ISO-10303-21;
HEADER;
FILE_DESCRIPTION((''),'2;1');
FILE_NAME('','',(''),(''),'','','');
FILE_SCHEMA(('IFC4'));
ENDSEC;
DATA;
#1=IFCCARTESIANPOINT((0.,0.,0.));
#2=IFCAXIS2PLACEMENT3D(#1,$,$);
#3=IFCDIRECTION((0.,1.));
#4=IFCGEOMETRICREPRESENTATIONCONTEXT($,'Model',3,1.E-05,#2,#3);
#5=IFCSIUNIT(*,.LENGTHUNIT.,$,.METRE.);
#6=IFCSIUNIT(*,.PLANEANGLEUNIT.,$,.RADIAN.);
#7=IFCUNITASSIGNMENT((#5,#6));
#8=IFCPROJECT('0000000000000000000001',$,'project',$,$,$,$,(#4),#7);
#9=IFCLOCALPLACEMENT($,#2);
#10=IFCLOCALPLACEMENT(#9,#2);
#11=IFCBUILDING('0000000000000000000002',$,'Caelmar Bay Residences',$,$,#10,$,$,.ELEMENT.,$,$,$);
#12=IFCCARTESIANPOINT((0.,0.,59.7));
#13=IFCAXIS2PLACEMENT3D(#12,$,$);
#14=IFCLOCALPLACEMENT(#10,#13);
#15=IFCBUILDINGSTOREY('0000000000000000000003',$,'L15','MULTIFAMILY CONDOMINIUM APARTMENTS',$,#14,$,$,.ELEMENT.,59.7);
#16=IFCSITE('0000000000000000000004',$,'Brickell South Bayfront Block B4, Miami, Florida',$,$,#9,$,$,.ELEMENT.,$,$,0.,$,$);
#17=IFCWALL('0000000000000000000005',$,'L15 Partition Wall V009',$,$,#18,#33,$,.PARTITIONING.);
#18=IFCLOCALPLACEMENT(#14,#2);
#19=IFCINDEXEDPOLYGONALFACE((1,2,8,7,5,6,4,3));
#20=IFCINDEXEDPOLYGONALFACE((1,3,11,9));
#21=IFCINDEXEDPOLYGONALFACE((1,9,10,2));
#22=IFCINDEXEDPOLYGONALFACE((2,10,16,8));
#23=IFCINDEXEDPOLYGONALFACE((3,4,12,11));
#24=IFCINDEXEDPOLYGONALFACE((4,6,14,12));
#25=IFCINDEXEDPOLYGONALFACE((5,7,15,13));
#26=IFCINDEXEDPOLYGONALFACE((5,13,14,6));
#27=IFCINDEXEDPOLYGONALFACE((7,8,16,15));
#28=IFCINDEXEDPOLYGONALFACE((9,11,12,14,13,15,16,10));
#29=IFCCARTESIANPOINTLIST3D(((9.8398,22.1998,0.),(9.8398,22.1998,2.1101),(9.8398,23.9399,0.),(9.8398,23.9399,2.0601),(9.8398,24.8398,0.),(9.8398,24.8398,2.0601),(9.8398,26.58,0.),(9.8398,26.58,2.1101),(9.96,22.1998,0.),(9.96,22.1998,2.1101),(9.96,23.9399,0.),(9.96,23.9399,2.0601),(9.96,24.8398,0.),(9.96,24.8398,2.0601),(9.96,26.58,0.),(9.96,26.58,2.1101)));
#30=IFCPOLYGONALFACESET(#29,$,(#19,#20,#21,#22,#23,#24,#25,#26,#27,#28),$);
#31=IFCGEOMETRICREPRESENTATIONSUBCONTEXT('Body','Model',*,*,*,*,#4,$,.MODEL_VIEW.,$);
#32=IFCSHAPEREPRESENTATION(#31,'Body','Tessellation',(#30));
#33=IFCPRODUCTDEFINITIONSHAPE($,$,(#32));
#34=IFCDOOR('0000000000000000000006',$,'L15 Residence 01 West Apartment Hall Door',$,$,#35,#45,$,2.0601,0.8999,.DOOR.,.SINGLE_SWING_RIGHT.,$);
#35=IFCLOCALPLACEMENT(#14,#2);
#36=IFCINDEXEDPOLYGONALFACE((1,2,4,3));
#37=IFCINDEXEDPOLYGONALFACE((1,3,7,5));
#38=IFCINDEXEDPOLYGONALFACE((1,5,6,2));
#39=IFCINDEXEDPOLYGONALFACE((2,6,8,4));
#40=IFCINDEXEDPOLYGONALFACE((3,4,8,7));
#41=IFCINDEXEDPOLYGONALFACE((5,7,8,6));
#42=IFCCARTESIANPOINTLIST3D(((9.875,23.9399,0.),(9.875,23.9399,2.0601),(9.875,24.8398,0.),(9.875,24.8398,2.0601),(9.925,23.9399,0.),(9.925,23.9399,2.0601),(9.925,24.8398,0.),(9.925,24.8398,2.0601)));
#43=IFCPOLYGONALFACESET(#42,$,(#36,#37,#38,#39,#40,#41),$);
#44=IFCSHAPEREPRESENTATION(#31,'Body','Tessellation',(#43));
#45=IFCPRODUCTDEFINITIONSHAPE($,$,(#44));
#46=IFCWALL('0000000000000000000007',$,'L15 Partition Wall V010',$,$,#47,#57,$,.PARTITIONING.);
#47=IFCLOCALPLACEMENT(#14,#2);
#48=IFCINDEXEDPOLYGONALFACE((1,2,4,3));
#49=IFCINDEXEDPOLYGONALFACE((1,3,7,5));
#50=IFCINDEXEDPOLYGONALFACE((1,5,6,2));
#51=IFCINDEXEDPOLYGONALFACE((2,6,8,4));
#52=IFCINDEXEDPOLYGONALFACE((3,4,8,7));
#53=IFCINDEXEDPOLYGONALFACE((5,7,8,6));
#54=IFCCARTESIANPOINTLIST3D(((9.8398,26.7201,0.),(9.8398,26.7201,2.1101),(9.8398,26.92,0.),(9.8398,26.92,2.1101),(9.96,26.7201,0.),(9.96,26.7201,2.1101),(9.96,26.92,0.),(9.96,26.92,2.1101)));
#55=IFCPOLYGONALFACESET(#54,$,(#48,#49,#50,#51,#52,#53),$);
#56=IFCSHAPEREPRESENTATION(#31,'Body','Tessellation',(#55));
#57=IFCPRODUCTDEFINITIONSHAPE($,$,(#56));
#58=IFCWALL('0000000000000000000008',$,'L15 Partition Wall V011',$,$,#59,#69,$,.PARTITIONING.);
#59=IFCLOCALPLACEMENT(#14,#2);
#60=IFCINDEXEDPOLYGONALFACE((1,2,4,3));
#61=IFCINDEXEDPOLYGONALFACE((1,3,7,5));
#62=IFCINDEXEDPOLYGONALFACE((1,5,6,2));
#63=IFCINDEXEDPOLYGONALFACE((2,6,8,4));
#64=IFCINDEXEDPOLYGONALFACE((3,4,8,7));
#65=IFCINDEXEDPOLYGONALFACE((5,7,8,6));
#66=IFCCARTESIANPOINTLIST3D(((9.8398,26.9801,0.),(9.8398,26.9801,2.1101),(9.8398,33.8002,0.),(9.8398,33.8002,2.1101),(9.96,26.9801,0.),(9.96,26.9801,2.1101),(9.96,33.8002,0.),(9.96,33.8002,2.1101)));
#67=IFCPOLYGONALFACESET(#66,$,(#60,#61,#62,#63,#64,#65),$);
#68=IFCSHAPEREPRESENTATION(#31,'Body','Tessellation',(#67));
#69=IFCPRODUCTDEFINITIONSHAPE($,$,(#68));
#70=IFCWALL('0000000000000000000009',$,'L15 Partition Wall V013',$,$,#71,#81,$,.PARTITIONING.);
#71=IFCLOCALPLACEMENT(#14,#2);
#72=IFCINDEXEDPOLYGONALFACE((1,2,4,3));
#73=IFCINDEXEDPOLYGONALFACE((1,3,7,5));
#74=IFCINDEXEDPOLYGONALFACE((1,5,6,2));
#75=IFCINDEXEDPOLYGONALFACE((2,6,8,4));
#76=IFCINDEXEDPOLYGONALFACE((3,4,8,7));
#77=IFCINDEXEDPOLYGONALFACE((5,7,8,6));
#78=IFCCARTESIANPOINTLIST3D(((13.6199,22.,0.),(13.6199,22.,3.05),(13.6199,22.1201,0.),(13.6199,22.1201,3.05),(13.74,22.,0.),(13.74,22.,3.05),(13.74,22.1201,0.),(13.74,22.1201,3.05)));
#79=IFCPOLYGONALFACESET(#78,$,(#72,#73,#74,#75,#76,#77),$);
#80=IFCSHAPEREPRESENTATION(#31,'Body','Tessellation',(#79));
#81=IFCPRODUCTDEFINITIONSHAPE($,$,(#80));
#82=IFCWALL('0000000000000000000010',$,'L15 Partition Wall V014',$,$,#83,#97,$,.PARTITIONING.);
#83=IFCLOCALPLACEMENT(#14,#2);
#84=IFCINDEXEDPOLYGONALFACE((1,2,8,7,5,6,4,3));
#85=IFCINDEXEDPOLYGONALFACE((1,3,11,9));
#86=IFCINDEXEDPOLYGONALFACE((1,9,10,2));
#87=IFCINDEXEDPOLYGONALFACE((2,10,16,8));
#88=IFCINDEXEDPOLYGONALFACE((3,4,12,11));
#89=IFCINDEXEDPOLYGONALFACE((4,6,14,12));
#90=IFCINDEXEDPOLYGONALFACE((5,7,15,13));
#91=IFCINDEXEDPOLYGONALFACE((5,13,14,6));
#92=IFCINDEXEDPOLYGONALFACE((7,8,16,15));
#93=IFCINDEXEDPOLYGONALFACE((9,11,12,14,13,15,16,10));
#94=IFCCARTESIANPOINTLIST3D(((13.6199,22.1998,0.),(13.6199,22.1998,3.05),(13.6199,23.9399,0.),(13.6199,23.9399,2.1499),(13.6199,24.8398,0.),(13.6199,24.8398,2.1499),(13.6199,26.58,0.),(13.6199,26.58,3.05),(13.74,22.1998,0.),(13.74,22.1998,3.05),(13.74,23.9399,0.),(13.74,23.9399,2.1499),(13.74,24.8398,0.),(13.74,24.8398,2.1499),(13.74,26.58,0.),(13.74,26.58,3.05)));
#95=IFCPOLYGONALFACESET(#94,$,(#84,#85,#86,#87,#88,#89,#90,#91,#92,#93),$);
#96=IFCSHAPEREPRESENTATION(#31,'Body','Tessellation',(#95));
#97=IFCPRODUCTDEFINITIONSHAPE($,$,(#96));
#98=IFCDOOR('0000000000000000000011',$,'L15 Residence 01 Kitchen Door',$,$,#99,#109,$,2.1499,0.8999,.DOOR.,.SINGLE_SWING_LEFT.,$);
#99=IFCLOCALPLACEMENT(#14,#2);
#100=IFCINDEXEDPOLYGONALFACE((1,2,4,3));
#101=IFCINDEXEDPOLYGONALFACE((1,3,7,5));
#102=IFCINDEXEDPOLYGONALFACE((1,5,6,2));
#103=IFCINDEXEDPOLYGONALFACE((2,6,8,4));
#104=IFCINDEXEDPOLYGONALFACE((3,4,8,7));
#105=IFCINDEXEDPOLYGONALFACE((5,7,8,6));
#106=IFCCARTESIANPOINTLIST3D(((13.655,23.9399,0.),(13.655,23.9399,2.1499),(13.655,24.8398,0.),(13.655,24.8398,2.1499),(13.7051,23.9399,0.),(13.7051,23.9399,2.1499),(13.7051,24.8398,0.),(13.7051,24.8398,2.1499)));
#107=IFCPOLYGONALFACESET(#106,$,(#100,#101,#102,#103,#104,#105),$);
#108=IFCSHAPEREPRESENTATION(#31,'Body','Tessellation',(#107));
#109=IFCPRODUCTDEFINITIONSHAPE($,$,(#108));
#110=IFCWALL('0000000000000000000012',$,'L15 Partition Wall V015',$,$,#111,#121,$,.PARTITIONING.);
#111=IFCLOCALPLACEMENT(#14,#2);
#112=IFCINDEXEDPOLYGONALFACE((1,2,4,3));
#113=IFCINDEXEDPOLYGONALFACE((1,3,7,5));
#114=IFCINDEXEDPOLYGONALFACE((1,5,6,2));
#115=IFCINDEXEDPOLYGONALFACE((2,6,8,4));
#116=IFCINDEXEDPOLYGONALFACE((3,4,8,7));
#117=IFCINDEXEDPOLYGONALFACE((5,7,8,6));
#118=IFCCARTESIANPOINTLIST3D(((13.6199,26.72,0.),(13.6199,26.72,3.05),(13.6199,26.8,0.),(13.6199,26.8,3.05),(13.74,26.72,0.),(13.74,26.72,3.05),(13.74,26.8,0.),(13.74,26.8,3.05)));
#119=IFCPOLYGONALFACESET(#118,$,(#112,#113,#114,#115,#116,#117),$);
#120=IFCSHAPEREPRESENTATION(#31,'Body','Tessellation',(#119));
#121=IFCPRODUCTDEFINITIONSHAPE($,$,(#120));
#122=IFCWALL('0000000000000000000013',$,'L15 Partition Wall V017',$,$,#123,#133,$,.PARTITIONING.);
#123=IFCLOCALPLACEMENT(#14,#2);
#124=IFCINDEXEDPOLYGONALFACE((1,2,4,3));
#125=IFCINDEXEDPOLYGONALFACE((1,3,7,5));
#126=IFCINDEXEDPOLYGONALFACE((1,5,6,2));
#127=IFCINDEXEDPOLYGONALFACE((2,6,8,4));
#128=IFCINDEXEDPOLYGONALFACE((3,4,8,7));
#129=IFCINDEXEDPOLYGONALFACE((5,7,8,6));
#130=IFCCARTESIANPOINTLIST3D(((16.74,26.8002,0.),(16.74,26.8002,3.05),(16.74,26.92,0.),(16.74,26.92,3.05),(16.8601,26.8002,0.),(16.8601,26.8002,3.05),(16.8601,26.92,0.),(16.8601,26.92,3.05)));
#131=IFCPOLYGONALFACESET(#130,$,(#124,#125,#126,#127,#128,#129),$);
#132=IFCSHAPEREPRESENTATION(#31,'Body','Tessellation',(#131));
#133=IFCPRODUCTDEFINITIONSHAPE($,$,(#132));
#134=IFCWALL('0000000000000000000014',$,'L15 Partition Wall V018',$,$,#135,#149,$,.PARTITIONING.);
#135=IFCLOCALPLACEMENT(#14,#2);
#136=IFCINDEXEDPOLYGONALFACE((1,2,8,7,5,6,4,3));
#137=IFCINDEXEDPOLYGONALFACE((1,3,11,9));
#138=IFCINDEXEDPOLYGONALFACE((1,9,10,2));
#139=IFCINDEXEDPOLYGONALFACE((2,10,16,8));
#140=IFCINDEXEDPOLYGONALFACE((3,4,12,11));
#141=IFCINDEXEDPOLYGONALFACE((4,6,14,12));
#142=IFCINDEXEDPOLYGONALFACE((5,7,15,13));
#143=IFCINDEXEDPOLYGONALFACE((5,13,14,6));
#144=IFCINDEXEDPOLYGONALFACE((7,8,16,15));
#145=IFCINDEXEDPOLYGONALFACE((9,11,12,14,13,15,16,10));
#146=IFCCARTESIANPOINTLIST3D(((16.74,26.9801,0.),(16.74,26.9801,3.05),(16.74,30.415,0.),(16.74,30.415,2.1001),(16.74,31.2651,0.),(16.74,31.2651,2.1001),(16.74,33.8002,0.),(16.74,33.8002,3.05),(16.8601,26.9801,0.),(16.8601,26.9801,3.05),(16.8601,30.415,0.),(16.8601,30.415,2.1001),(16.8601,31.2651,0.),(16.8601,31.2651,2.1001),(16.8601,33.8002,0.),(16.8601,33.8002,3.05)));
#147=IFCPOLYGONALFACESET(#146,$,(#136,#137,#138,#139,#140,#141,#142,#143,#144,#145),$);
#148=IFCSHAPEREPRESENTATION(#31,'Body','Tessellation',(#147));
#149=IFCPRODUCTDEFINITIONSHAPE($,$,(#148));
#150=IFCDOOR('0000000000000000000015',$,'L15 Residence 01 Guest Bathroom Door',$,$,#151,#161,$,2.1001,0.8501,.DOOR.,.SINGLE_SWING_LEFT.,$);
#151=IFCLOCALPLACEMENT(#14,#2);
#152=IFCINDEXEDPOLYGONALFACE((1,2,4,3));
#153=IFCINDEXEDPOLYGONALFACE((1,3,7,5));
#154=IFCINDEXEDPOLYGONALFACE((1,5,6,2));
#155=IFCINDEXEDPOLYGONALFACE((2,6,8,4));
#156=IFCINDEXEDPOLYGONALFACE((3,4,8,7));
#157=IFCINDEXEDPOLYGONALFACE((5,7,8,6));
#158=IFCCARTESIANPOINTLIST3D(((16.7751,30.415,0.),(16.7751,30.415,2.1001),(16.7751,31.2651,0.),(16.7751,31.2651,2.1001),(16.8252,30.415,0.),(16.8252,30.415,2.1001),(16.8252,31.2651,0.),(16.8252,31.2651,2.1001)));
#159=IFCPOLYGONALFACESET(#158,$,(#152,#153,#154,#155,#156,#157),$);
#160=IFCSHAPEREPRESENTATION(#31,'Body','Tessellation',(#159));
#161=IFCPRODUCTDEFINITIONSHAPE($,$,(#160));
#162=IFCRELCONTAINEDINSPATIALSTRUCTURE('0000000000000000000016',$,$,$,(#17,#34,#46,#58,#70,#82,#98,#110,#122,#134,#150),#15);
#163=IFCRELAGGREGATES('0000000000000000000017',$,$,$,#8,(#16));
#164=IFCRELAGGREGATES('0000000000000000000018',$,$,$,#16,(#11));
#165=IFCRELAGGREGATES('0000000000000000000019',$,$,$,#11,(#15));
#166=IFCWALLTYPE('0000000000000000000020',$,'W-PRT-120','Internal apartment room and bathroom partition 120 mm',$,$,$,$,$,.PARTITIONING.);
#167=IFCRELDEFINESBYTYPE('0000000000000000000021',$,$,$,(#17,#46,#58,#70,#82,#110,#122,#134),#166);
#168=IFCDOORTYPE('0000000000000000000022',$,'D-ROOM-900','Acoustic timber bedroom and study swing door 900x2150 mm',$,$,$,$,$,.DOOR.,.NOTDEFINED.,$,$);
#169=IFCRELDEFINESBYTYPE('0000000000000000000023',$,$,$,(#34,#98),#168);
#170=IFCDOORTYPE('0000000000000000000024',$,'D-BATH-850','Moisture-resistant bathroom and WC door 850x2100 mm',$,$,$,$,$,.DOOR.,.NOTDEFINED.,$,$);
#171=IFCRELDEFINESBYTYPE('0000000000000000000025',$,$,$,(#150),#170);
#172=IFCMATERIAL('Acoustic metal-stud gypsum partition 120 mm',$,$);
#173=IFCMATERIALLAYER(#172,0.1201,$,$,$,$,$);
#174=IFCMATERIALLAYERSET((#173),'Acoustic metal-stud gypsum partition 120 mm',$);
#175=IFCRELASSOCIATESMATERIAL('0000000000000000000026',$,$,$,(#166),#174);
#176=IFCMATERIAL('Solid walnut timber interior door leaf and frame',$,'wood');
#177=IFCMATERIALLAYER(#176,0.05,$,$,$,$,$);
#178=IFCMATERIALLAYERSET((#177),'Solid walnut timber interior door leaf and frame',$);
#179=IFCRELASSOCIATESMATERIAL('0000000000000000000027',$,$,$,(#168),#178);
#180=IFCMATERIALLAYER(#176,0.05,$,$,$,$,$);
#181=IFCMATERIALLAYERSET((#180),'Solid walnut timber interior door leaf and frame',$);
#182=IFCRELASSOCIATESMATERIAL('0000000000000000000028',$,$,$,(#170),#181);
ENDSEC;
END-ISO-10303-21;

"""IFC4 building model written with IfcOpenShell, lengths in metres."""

from ifc_helpers import new_model, si_unit, direction, frame, frame_2d, origin, place, context, subcontext, project, spatial, rectangle, extrude, material, layer, layer_set, type_object, element, fill, save


model = new_model("IFC4")

# Units and contexts
model_context = context("Model", 3, precision=1e-05, world=origin(), true_north=direction((0.0, 1.0)))
body_context = subcontext(model_context, "Body", "Model", "MODEL_VIEW")
ifc_project = project(units=[si_unit("LENGTHUNIT", "METRE"), si_unit("PLANEANGLEUNIT", "RADIAN")], contexts=[model_context])

# Site, building, storey
site_placement = place(None, origin())
site = spatial("IfcSite", under=ifc_project, at=site_placement, Name="Brickell South Bayfront Block B4, Miami, Florida", CompositionType="ELEMENT", RefElevation=0.0)
building_placement = place(site_placement, origin())
building = spatial("IfcBuilding", under=site, at=building_placement, Name="Caelmar Bay Residences", CompositionType="ELEMENT")
storey_placement = place(building_placement, frame((0.0, 0.0, 59.7)))
storey = spatial("IfcBuildingStorey", under=building, at=storey_placement, Name="L15", Description="MULTIFAMILY CONDOMINIUM APARTMENTS", CompositionType="ELEMENT", Elevation=59.7)

# Shared definitions
ifc_material_1 = material(Name="Acoustic metal-stud gypsum partition 120 mm")
ifc_layer_1 = layer(ifc_material_1, 0.1201)
ifc_layer_set_1 = layer_set([ifc_layer_1], Name="Acoustic metal-stud gypsum partition 120 mm")
wall_type_1 = type_object("IfcWallType", Name="W-PRT-120", Description="Internal apartment room and bathroom partition 120 mm", PredefinedType="PARTITIONING", material=ifc_layer_set_1)

# Wall, opening, door
wall_1_placement = place(storey_placement, frame((9.8999, 22.2, 0.0), z_axis=(0.0, 0.0, 1.0), x_axis=(0.0, 1.0, 0.0)))
wall_1 = element("IfcWall", 1, at=wall_1_placement, inside=storey, type_object=wall_type_1, Name="L15 Partition Wall V009", PredefinedType="PARTITIONING", context=body_context, shape_type="SweptSolid", body=[
    extrude(rectangle(XDim=4.3801, YDim=0.1201, at=frame_2d((2.1899, 0.0))), origin(), (0.0, 0.0, 1.0), 2.1101),
])
opening_1_placement = place(wall_1_placement, frame((1.74, 0.0, 0.0)))
opening_1 = element("IfcOpeningElement", 2, at=opening_1_placement, cuts=wall_1, PredefinedType="OPENING", context=body_context, shape_type="SweptSolid", body=[
    extrude(rectangle(XDim=0.8999, YDim=2.0601, at=frame_2d((0.45, 1.03))), frame((0.0, 0.0701, 0.0), z_axis=(0.0, -1.0, 0.0), x_axis=(1.0, 0.0, 0.0)), (0.0, 0.0, 1.0), 0.1401),
])
ifc_material_2 = material(Name="Solid walnut timber interior door leaf and frame", Category="wood")
ifc_layer_2 = layer(ifc_material_2, 0.05)
ifc_layer_set_2 = layer_set([ifc_layer_2], Name="Solid walnut timber interior door leaf and frame")
door_type_1 = type_object("IfcDoorType", Name="D-ROOM-900", Description="Acoustic timber bedroom and study swing door 900x2150 mm", OperationType="NOTDEFINED", PredefinedType="DOOR", material=ifc_layer_set_2)
door_1_placement = place(opening_1_placement, origin())
door_1 = element("IfcDoor", 3, at=door_1_placement, inside=storey, type_object=door_type_1, Name="L15 Residence 01 West Apartment Hall Door", OperationType="SINGLE_SWING_RIGHT", OverallHeight=2.0601, OverallWidth=0.8999, PredefinedType="DOOR", context=body_context, shape_type="SweptSolid", body=[
    extrude(rectangle(XDim=0.8999, YDim=2.0601, at=frame_2d((0.45, 1.03))), frame((0.0, 0.0249, 0.0), z_axis=(0.0, -1.0, 0.0), x_axis=(1.0, 0.0, 0.0)), (0.0, 0.0, 1.0), 0.05),
])
fill(opening_1, door_1)

# Walls
wall_2_placement = place(storey_placement, frame((9.8999, 26.72, 0.0), z_axis=(0.0, 0.0, 1.0), x_axis=(0.0, 1.0, 0.0)))
element("IfcWall", 4, at=wall_2_placement, inside=storey, type_object=wall_type_1, Name="L15 Partition Wall V010", PredefinedType="PARTITIONING", context=body_context, shape_type="SweptSolid", body=[
    extrude(rectangle(XDim=0.2, YDim=0.1201, at=frame_2d((0.1001, 0.0))), origin(), (0.0, 0.0, 1.0), 2.1101),
])
wall_3_placement = place(storey_placement, frame((9.8999, 26.98, 0.0), z_axis=(0.0, 0.0, 1.0), x_axis=(0.0, 1.0, 0.0)))
element("IfcWall", 5, at=wall_3_placement, inside=storey, type_object=wall_type_1, Name="L15 Partition Wall V011", PredefinedType="PARTITIONING", context=body_context, shape_type="SweptSolid", body=[
    extrude(rectangle(XDim=6.8201, YDim=0.1201, at=frame_2d((3.4102, 0.0))), origin(), (0.0, 0.0, 1.0), 2.1101),
])
wall_4_placement = place(storey_placement, frame((13.6799, 22.0, 0.0), z_axis=(0.0, 0.0, 1.0), x_axis=(0.0, 1.0, 0.0)))
element("IfcWall", 6, at=wall_4_placement, inside=storey, type_object=wall_type_1, Name="L15 Partition Wall V013", PredefinedType="PARTITIONING", context=body_context, shape_type="SweptSolid", body=[
    extrude(rectangle(XDim=0.1201, YDim=0.1201, at=frame_2d((0.0601, 0.0))), origin(), (0.0, 0.0, 1.0), 3.05),
])

# Wall, opening, door
wall_5_placement = place(storey_placement, frame((13.6799, 22.2, 0.0), z_axis=(0.0, 0.0, 1.0), x_axis=(0.0, 1.0, 0.0)))
wall_5 = element("IfcWall", 7, at=wall_5_placement, inside=storey, type_object=wall_type_1, Name="L15 Partition Wall V014", PredefinedType="PARTITIONING", context=body_context, shape_type="SweptSolid", body=[
    extrude(rectangle(XDim=4.3801, YDim=0.1201, at=frame_2d((2.1899, 0.0))), origin(), (0.0, 0.0, 1.0), 3.05),
])
opening_2_placement = place(wall_5_placement, frame((1.74, 0.0, 0.0)))
opening_2 = element("IfcOpeningElement", 8, at=opening_2_placement, cuts=wall_5, PredefinedType="OPENING", context=body_context, shape_type="SweptSolid", body=[
    extrude(rectangle(XDim=0.8999, YDim=2.1499, at=frame_2d((0.45, 1.075))), frame((0.0, 0.0701, 0.0), z_axis=(0.0, -1.0, 0.0), x_axis=(1.0, 0.0, 0.0)), (0.0, 0.0, 1.0), 0.1401),
])
door_2_placement = place(opening_2_placement, origin())
door_2 = element("IfcDoor", 9, at=door_2_placement, inside=storey, type_object=door_type_1, Name="L15 Residence 01 Kitchen Door", OperationType="SINGLE_SWING_LEFT", OverallHeight=2.1499, OverallWidth=0.8999, PredefinedType="DOOR", context=body_context, shape_type="SweptSolid", body=[
    extrude(rectangle(XDim=0.8999, YDim=2.1499, at=frame_2d((0.45, 1.075))), frame((0.0, 0.0249, 0.0), z_axis=(0.0, -1.0, 0.0), x_axis=(1.0, 0.0, 0.0)), (0.0, 0.0, 1.0), 0.05),
])
fill(opening_2, door_2)

# Walls
wall_6_placement = place(storey_placement, frame((13.6799, 26.72, 0.0), z_axis=(0.0, 0.0, 1.0), x_axis=(0.0, 1.0, 0.0)))
element("IfcWall", 10, at=wall_6_placement, inside=storey, type_object=wall_type_1, Name="L15 Partition Wall V015", PredefinedType="PARTITIONING", context=body_context, shape_type="SweptSolid", body=[
    extrude(rectangle(XDim=0.0801, YDim=0.1201, at=frame_2d((0.04, 0.0))), origin(), (0.0, 0.0, 1.0), 3.05),
])
wall_7_placement = place(storey_placement, frame((16.8, 26.8, 0.0), z_axis=(0.0, 0.0, 1.0), x_axis=(0.0, 1.0, 0.0)))
element("IfcWall", 11, at=wall_7_placement, inside=storey, type_object=wall_type_1, Name="L15 Partition Wall V017", PredefinedType="PARTITIONING", context=body_context, shape_type="SweptSolid", body=[
    extrude(rectangle(XDim=0.1199, YDim=0.1201, at=frame_2d((0.0601, 0.0))), origin(), (0.0, 0.0, 1.0), 3.05),
])

# Wall, opening, door
wall_8_placement = place(storey_placement, frame((16.8, 26.98, 0.0), z_axis=(0.0, 0.0, 1.0), x_axis=(0.0, 1.0, 0.0)))
wall_8 = element("IfcWall", 12, at=wall_8_placement, inside=storey, type_object=wall_type_1, Name="L15 Partition Wall V018", PredefinedType="PARTITIONING", context=body_context, shape_type="SweptSolid", body=[
    extrude(rectangle(XDim=6.8201, YDim=0.1201, at=frame_2d((3.4102, 0.0))), origin(), (0.0, 0.0, 1.0), 3.05),
])
opening_3_placement = place(wall_8_placement, frame((3.4351, 0.0, 0.0)))
opening_3 = element("IfcOpeningElement", 13, at=opening_3_placement, cuts=wall_8, PredefinedType="OPENING", context=body_context, shape_type="SweptSolid", body=[
    extrude(rectangle(XDim=0.8501, YDim=2.1001, at=frame_2d((0.425, 1.05))), frame((0.0, 0.0701, 0.0), z_axis=(0.0, -1.0, 0.0), x_axis=(1.0, 0.0, 0.0)), (0.0, 0.0, 1.0), 0.1401),
])
ifc_layer_3 = layer(ifc_material_2, 0.05)
ifc_layer_set_3 = layer_set([ifc_layer_3], Name="Solid walnut timber interior door leaf and frame")
door_type_2 = type_object("IfcDoorType", Name="D-BATH-850", Description="Moisture-resistant bathroom and WC door 850x2100 mm", OperationType="NOTDEFINED", PredefinedType="DOOR", material=ifc_layer_set_3)
door_3_placement = place(opening_3_placement, origin())
door_3 = element("IfcDoor", 14, at=door_3_placement, inside=storey, type_object=door_type_2, Name="L15 Residence 01 Guest Bathroom Door", OperationType="SINGLE_SWING_LEFT", OverallHeight=2.1001, OverallWidth=0.8501, PredefinedType="DOOR", context=body_context, shape_type="SweptSolid", body=[
    extrude(rectangle(XDim=0.8501, YDim=2.1001, at=frame_2d((0.425, 1.05))), frame((0.0, 0.0249, 0.0), z_axis=(0.0, -1.0, 0.0), x_axis=(1.0, 0.0, 0.0)), (0.0, 0.0, 1.0), 0.05),
])
fill(opening_3, door_3)

save(model, "model.ifc")
